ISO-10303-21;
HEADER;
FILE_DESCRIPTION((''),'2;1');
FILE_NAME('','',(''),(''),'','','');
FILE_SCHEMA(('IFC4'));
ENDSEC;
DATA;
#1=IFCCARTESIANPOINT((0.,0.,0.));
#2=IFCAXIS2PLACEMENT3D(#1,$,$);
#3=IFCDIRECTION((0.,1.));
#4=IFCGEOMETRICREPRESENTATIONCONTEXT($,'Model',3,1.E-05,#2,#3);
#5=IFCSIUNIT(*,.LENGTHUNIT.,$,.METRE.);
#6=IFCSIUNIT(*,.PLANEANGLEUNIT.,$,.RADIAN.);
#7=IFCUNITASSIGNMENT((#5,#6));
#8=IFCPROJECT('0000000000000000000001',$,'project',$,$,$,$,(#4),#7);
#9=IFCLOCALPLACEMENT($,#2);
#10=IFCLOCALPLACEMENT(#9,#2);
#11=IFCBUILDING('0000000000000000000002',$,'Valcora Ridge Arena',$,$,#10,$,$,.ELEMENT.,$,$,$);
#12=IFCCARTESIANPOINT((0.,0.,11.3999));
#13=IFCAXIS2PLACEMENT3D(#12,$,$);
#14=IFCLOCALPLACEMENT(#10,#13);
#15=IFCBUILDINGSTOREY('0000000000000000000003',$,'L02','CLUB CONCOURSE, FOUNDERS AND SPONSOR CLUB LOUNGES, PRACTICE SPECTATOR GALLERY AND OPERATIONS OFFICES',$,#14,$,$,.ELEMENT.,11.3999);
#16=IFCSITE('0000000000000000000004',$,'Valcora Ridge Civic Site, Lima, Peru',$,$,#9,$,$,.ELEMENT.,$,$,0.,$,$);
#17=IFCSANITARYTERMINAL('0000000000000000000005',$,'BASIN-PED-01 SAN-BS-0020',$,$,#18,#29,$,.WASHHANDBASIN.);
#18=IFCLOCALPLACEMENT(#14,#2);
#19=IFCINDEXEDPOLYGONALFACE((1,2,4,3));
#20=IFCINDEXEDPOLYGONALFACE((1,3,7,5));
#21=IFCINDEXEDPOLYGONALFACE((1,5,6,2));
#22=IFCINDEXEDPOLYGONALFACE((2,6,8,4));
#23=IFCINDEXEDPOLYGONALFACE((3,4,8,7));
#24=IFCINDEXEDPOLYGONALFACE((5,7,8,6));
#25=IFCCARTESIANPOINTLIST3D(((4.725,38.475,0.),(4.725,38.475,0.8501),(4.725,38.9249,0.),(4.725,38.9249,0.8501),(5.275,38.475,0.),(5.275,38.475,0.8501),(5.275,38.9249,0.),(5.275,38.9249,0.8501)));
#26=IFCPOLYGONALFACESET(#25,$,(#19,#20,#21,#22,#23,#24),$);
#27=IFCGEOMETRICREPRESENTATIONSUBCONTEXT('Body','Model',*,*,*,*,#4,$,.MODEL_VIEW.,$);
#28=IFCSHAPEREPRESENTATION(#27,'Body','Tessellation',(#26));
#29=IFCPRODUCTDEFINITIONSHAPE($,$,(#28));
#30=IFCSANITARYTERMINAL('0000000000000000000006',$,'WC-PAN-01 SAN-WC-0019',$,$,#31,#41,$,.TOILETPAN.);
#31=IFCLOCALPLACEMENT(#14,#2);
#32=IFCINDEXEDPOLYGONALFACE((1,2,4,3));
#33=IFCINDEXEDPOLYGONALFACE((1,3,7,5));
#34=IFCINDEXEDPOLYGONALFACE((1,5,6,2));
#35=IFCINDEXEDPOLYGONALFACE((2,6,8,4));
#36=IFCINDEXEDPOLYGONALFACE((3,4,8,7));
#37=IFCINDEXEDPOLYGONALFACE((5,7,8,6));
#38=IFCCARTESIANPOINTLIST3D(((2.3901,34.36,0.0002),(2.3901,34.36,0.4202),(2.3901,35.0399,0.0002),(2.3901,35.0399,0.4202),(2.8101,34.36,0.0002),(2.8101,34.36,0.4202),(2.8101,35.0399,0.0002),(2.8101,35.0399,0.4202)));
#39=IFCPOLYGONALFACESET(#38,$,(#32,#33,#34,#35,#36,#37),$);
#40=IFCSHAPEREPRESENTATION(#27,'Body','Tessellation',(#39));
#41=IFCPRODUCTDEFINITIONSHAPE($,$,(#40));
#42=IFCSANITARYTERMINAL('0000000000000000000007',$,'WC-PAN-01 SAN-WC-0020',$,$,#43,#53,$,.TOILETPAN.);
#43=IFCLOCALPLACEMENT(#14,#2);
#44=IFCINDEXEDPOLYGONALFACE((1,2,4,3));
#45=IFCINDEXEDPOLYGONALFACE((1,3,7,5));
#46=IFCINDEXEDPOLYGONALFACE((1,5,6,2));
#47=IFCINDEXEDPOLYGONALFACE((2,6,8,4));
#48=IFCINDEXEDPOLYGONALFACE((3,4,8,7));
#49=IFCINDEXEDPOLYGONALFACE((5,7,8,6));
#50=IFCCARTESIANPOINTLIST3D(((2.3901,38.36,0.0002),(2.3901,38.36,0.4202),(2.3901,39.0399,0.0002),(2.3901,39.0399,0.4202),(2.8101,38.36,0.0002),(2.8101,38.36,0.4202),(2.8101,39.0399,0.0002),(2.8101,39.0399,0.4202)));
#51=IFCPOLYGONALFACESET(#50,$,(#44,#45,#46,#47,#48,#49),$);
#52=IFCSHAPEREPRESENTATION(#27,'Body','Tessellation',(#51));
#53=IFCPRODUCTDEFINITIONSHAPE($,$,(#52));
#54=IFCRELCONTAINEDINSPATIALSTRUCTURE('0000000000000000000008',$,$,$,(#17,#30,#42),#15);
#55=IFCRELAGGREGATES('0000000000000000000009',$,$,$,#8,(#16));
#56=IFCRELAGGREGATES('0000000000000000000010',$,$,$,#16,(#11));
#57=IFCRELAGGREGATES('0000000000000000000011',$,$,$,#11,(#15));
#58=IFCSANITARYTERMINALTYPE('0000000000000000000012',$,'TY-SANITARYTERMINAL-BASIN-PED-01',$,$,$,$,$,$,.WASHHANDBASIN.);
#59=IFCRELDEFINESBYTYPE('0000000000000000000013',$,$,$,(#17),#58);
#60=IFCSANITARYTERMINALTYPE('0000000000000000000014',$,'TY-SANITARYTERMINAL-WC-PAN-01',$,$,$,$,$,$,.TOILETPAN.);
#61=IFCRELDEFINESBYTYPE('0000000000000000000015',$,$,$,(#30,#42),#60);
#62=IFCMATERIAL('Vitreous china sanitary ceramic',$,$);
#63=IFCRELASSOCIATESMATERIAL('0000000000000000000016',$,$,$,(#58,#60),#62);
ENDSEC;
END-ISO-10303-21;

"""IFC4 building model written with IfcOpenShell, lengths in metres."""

from ifc_helpers import new_model, si_unit, direction, frame, origin, origin_2d, place, context, subcontext, project, spatial, rectangle, extrude, material, type_object, element, save


model = new_model("IFC4")

# Units and contexts
model_context = context("Model", 3, precision=1e-05, world=origin(), true_north=direction((0.0, 1.0)))
body_context = subcontext(model_context, "Body", "Model", "MODEL_VIEW")
ifc_project = project(units=[si_unit("LENGTHUNIT", "METRE"), si_unit("PLANEANGLEUNIT", "RADIAN")], contexts=[model_context])

# Site, building, storey
site_placement = place(None, origin())
site = spatial("IfcSite", under=ifc_project, at=site_placement, Name="Valcora Ridge Civic Site, Lima, Peru", CompositionType="ELEMENT", RefElevation=0.0)
building_placement = place(site_placement, origin())
building = spatial("IfcBuilding", under=site, at=building_placement, Name="Valcora Ridge Arena", CompositionType="ELEMENT")
storey_placement = place(building_placement, frame((0.0, 0.0, 11.3999)))
storey = spatial("IfcBuildingStorey", under=building, at=storey_placement, Name="L02", Description="CLUB CONCOURSE, FOUNDERS AND SPONSOR CLUB LOUNGES, PRACTICE SPECTATOR GALLERY AND OPERATIONS OFFICES", CompositionType="ELEMENT", Elevation=11.3999)

# Sanitary terminals
ifc_material_1 = material(Name="Vitreous china sanitary ceramic")
sanitary_terminal_type_1 = type_object("IfcSanitaryTerminalType", Name="TY-SANITARYTERMINAL-BASIN-PED-01", PredefinedType="WASHHANDBASIN", material=ifc_material_1)
for number, where, z_axis, x_axis, name in (
    (1, (5.0, 38.7, 0.0), (0.0, 0.0, 1.0), (1.0, 0.0, 0.0), "BASIN-PED-01 SAN-BS-0020"),
):
    element("IfcSanitaryTerminal", number, at=place(storey_placement, frame(where, z_axis=z_axis, x_axis=x_axis)), inside=storey, type_object=sanitary_terminal_type_1, Name=name, PredefinedType="WASHHANDBASIN", context=body_context, shape_type="SweptSolid", body=[
        extrude(rectangle(XDim=0.55, YDim=0.45, at=origin_2d()), origin(), (0.0, 0.0, 1.0), 0.8501),
    ])
sanitary_terminal_type_2 = type_object("IfcSanitaryTerminalType", Name="TY-SANITARYTERMINAL-WC-PAN-01", PredefinedType="TOILETPAN", material=ifc_material_1)
for number, where, z_axis, x_axis, name in (
    (2, (2.6001, 34.7, 0.0002), (0.0, 0.0, 1.0), (1.0, 0.0, 0.0), "WC-PAN-01 SAN-WC-0019"),
    (3, (2.6001, 38.7, 0.0002), (0.0, 0.0, 1.0), (1.0, 0.0, 0.0), "WC-PAN-01 SAN-WC-0020"),
):
    element("IfcSanitaryTerminal", number, at=place(storey_placement, frame(where, z_axis=z_axis, x_axis=x_axis)), inside=storey, type_object=sanitary_terminal_type_2, Name=name, PredefinedType="TOILETPAN", context=body_context, shape_type="SweptSolid", body=[
        extrude(rectangle(XDim=0.4199, YDim=0.6799, at=origin_2d()), origin(), (0.0, 0.0, 1.0), 0.4199),
    ])

save(model, "model.ifc")
